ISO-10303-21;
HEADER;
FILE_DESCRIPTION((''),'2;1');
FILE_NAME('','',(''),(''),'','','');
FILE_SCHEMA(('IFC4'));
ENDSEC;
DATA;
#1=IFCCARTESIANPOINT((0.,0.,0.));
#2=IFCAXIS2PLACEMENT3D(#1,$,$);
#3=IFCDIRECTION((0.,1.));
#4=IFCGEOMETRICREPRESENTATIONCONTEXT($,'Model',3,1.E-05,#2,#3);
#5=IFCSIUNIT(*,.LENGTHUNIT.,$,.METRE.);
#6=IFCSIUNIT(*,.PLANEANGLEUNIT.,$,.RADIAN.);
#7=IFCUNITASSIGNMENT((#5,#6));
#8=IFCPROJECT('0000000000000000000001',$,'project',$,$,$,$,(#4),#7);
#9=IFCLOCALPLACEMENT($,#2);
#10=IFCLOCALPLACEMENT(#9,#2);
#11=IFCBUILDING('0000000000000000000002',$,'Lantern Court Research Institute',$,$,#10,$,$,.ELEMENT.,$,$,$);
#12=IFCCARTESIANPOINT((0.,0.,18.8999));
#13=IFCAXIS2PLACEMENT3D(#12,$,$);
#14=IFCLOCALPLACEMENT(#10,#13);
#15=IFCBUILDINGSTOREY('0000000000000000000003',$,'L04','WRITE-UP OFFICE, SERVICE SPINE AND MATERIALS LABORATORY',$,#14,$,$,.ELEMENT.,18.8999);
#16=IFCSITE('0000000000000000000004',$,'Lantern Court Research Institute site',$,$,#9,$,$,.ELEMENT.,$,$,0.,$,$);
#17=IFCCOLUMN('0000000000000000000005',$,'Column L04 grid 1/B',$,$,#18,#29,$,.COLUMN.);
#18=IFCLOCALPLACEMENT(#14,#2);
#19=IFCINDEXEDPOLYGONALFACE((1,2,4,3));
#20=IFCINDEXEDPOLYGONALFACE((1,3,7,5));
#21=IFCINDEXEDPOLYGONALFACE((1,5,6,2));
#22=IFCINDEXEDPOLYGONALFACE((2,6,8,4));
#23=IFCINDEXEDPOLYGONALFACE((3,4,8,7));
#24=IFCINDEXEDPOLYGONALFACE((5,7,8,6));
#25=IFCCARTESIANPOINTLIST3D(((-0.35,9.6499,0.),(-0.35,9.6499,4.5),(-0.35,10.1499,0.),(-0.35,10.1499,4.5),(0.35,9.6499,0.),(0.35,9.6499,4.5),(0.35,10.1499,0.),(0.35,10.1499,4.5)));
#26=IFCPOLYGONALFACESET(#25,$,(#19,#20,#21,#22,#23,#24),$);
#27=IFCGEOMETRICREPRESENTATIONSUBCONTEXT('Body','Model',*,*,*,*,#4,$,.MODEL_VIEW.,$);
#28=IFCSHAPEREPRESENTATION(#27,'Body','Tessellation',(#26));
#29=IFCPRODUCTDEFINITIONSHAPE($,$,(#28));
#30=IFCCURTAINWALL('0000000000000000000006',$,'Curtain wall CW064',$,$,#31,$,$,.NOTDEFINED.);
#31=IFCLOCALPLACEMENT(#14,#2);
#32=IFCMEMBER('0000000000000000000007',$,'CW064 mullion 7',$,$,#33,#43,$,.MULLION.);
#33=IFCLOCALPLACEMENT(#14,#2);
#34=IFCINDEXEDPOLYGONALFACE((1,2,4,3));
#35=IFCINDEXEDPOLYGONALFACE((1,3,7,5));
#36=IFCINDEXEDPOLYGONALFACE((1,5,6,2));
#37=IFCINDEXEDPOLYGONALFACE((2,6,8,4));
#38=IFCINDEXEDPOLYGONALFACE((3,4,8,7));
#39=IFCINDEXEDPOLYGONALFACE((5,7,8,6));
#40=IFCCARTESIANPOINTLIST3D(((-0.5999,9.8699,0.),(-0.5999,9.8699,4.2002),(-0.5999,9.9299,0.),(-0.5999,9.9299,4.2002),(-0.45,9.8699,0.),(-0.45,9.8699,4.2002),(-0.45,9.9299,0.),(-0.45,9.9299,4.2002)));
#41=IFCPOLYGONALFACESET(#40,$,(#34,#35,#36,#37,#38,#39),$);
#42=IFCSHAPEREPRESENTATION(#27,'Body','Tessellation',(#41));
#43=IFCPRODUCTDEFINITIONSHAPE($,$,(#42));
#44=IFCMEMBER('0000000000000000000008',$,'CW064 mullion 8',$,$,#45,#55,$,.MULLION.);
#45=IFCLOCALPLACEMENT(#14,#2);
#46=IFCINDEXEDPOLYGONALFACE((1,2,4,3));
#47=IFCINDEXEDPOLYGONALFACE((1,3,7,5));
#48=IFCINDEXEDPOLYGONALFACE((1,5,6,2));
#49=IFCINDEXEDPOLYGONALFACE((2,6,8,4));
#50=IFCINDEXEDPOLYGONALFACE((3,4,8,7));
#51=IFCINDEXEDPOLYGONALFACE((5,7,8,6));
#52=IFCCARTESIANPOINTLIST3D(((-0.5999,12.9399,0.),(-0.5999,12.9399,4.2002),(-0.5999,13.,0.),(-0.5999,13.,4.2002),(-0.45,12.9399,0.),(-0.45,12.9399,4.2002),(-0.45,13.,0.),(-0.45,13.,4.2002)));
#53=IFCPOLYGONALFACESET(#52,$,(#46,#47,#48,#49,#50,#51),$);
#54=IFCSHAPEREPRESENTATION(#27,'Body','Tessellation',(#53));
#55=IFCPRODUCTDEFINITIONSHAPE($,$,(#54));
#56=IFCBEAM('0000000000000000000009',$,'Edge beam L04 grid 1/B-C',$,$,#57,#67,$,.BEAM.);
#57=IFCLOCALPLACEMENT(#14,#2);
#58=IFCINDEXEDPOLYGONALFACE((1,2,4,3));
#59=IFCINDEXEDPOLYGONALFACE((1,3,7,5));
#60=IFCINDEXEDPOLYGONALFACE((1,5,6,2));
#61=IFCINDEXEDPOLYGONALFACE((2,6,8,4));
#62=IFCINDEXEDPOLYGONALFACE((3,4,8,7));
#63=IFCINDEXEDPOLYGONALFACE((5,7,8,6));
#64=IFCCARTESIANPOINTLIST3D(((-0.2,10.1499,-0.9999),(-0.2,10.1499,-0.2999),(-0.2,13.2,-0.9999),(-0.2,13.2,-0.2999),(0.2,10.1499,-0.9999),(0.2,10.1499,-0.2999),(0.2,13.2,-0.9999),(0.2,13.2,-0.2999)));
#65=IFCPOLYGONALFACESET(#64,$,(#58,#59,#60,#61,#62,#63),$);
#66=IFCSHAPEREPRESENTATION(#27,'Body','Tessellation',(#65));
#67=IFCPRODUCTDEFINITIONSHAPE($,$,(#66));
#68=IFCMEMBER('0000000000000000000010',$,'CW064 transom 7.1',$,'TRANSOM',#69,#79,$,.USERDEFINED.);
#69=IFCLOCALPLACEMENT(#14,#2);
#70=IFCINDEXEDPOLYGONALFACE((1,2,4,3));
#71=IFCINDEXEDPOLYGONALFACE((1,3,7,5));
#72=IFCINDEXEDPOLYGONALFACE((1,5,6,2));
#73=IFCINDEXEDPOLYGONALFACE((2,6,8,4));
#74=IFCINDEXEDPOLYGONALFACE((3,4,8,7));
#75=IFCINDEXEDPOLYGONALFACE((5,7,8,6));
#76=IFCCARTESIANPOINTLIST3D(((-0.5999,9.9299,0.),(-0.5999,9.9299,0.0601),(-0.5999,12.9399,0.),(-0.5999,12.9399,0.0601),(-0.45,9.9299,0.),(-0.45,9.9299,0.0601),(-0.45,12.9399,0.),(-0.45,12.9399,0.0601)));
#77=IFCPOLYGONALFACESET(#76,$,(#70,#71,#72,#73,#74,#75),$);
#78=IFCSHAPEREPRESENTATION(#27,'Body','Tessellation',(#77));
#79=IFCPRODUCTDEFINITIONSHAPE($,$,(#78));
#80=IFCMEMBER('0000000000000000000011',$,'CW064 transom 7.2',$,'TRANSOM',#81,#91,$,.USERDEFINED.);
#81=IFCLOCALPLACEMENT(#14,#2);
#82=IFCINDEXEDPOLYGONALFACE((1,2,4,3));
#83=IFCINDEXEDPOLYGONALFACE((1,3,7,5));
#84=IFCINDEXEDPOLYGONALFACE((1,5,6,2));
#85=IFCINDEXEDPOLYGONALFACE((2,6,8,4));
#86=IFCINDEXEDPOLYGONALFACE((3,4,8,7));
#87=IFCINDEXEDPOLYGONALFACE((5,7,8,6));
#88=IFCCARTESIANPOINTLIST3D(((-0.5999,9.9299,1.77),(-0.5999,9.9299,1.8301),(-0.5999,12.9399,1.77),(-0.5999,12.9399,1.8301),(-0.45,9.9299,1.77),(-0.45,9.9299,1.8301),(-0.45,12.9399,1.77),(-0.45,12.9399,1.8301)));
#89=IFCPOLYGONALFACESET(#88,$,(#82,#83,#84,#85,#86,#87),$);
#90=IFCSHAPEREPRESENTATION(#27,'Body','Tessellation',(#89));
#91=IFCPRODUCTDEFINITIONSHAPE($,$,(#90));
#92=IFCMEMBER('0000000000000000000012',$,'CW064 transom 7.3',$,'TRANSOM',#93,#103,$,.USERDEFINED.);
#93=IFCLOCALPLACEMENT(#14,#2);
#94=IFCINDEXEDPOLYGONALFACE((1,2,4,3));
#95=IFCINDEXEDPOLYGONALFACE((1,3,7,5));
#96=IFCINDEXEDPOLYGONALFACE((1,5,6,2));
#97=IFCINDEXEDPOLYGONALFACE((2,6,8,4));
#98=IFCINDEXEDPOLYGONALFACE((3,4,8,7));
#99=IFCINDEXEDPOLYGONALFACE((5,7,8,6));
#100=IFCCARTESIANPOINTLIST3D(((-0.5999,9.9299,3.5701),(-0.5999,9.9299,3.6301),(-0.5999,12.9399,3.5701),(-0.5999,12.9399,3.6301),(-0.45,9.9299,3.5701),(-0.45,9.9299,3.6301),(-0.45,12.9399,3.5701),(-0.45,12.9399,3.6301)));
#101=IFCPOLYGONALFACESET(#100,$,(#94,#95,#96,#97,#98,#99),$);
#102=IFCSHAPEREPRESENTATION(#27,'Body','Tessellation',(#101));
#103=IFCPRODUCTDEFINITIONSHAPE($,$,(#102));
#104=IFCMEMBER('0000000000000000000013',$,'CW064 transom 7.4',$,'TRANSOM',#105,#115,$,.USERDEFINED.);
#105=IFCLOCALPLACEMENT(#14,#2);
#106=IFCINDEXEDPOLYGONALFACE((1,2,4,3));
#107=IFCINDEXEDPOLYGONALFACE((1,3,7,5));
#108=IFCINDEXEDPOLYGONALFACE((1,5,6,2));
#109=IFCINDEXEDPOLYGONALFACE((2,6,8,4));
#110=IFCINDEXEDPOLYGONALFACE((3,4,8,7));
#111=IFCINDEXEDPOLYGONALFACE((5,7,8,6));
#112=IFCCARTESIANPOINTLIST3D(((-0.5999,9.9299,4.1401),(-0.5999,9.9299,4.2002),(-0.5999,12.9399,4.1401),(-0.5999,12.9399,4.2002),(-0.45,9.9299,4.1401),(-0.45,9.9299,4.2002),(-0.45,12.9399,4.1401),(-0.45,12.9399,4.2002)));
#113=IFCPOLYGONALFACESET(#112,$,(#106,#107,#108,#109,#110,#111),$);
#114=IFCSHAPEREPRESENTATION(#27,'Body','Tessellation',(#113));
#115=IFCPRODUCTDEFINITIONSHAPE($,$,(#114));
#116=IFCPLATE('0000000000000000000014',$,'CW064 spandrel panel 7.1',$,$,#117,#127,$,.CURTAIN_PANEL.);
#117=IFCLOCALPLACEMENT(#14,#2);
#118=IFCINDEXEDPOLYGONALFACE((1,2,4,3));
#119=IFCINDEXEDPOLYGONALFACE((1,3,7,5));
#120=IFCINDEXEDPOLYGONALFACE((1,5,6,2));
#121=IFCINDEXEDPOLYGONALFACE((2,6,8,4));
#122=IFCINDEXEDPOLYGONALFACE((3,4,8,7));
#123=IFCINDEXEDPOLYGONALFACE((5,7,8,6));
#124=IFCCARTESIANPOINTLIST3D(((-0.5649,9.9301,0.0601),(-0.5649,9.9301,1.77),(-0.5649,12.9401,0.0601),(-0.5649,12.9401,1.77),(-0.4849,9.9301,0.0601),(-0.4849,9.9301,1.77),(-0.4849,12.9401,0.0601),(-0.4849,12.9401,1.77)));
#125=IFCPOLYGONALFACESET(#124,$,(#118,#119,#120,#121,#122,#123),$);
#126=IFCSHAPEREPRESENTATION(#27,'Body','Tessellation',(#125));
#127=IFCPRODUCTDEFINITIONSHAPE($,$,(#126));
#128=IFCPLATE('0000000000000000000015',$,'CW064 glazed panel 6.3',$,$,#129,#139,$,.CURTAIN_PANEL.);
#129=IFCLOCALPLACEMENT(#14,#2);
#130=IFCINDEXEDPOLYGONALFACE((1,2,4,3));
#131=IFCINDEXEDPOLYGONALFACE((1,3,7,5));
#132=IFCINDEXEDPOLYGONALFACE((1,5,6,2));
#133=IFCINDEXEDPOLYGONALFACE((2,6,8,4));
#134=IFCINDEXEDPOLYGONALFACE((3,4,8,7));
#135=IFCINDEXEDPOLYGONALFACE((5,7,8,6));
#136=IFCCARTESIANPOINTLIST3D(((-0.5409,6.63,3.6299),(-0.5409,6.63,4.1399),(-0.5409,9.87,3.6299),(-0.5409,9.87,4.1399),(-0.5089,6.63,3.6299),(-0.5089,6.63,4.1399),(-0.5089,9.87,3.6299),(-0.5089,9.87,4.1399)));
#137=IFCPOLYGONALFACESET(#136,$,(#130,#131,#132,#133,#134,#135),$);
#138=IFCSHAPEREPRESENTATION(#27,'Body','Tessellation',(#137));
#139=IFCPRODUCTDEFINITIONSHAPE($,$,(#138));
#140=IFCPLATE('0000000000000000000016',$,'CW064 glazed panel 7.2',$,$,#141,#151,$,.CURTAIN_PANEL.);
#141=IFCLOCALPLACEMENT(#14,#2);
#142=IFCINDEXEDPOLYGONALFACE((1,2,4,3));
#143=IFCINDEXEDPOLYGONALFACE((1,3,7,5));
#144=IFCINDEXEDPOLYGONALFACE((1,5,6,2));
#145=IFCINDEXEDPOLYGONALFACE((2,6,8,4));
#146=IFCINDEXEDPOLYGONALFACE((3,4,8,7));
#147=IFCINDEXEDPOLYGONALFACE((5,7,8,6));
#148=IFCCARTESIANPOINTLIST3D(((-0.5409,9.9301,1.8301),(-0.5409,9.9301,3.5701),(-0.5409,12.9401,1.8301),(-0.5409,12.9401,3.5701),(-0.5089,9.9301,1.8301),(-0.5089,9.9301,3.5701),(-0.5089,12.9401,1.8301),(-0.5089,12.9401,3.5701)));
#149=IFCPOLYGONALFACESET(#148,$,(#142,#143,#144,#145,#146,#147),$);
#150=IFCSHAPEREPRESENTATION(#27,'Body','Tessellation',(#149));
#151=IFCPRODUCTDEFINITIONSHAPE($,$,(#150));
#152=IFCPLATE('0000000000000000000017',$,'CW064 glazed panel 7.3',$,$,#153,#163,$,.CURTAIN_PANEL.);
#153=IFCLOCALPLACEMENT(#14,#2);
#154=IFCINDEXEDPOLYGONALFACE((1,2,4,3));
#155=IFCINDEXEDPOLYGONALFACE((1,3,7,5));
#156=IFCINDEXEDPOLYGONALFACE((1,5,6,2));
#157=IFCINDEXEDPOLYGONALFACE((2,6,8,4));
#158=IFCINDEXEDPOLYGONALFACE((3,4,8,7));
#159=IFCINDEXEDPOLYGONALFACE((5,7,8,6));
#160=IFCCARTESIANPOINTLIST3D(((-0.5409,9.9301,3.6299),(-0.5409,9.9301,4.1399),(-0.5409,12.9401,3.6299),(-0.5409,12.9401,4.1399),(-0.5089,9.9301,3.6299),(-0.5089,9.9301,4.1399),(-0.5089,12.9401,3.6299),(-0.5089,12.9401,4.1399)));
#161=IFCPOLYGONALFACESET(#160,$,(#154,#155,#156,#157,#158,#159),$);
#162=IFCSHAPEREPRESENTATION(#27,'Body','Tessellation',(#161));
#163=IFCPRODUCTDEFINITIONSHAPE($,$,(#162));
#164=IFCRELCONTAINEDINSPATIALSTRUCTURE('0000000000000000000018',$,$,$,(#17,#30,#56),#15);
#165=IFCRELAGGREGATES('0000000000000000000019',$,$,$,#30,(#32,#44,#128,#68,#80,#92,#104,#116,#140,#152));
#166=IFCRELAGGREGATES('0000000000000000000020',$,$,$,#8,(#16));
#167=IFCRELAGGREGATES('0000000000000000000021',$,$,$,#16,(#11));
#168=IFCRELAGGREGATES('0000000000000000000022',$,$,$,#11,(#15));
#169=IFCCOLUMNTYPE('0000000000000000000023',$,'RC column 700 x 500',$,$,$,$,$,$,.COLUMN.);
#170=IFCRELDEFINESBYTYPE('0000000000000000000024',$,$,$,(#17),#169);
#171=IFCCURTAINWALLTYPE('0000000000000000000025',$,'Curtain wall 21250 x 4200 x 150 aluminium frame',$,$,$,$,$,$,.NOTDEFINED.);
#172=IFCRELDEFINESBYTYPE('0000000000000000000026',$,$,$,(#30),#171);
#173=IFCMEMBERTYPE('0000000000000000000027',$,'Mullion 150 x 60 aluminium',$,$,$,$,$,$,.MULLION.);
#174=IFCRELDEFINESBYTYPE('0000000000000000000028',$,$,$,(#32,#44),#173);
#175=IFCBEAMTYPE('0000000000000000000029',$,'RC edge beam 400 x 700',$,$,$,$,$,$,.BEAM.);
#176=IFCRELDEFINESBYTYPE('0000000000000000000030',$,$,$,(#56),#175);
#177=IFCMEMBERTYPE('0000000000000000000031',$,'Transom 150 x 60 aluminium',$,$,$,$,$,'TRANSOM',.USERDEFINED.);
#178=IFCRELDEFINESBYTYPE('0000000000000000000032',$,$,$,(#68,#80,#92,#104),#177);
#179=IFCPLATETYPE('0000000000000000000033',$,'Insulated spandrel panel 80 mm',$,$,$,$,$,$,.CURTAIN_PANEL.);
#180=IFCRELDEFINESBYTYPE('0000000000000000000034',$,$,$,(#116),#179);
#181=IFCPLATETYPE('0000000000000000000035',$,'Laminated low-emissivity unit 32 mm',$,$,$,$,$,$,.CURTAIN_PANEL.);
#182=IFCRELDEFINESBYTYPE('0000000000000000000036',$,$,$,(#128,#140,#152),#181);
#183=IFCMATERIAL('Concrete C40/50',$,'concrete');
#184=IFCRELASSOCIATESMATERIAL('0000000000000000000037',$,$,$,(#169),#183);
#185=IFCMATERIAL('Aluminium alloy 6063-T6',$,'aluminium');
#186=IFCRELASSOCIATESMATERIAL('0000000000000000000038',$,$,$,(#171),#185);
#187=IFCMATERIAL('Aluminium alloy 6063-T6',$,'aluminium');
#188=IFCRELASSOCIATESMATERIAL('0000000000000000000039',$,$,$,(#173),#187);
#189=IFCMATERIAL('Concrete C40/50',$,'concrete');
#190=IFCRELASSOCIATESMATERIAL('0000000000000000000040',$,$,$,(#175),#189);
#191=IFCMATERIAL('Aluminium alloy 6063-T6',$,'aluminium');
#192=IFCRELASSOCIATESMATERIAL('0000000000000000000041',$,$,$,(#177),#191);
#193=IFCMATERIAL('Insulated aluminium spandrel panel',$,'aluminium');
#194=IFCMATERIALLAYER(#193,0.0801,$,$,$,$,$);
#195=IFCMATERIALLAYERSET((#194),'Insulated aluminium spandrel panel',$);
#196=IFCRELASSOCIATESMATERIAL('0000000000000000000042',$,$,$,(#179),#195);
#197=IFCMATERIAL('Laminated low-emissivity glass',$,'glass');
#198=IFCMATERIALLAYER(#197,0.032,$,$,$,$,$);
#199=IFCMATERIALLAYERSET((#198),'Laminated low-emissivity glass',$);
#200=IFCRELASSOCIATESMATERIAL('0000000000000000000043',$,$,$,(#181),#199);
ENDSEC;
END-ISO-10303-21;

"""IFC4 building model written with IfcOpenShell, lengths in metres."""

from ifc_helpers import new_model, si_unit, direction, frame, origin, origin_2d, place, context, subcontext, project, spatial, rectangle, extrude, material, layer, layer_set, material_profile, profile_set, type_object, element, aggregate, save


model = new_model("IFC4")

# Units and contexts
model_context = context("Model", 3, precision=1e-05, world=origin(), true_north=direction((0.0, 1.0)))
body_context = subcontext(model_context, "Body", "Model", "MODEL_VIEW")
ifc_project = project(units=[si_unit("LENGTHUNIT", "METRE"), si_unit("PLANEANGLEUNIT", "RADIAN")], contexts=[model_context])

# Site, building, storey
site_placement = place(None, origin())
site = spatial("IfcSite", under=ifc_project, at=site_placement, Name="Lantern Court Research Institute site", CompositionType="ELEMENT", RefElevation=0.0)
building_placement = place(site_placement, origin())
building = spatial("IfcBuilding", under=site, at=building_placement, Name="Lantern Court Research Institute", CompositionType="ELEMENT")
storey_placement = place(building_placement, frame((0.0, 0.0, 18.8999)))
storey = spatial("IfcBuildingStorey", under=building, at=storey_placement, Name="L04", Description="WRITE-UP OFFICE, SERVICE SPINE AND MATERIALS LABORATORY", CompositionType="ELEMENT", Elevation=18.8999)

# Column
ifc_material_1 = material(Name="Concrete C40/50", Category="concrete")
ifc_material_profile_1 = material_profile(ifc_material_1, rectangle(XDim=0.7, YDim=0.5, at=origin_2d()), Name="RC column 700 x 500")
ifc_profile_set_1 = profile_set([ifc_material_profile_1], Name="Concrete C40/50")
column_type = type_object("IfcColumnType", Name="RC column 700 x 500", PredefinedType="COLUMN", material=ifc_profile_set_1)
column_placement = place(storey_placement, frame((0.0, 9.8999, 0.0), z_axis=(0.0, 0.0, 1.0), x_axis=(1.0, 0.0, 0.0)))
element("IfcColumn", 1, at=column_placement, inside=storey, type_object=column_type, Name="Column L04 grid 1/B", PredefinedType="COLUMN", context=body_context, shape_type="SweptSolid", body=[
    extrude(rectangle(XDim=0.7, YDim=0.5, at=origin_2d()), origin(), (0.0, 0.0, 1.0), 4.5),
])

# Curtain wall, members
ifc_material_2 = material(Name="Aluminium alloy 6063-T6", Category="aluminium")
curtain_wall_type = type_object("IfcCurtainWallType", Name="Curtain wall 21250 x 4200 x 150 aluminium frame", PredefinedType="NOTDEFINED", material=ifc_material_2)
curtain_wall_placement = place(storey_placement, origin())
curtain_wall = element("IfcCurtainWall", 2, at=curtain_wall_placement, inside=storey, type_object=curtain_wall_type, Name="Curtain wall CW064", PredefinedType="NOTDEFINED")
ifc_material_3 = material(Name="Aluminium alloy 6063-T6", Category="aluminium")
ifc_material_profile_2 = material_profile(ifc_material_3, rectangle(XDim=0.1499, YDim=0.0601, at=origin_2d()), Name="Mullion 150 x 60")
ifc_profile_set_2 = profile_set([ifc_material_profile_2], Name="Aluminium alloy 6063-T6")
member_type_1 = type_object("IfcMemberType", Name="Mullion 150 x 60 aluminium", PredefinedType="MULLION", material=ifc_profile_set_2)
member_1_placement = place(storey_placement, frame((-0.5249, 9.8999, 0.0), z_axis=(0.0, 0.0, 1.0), x_axis=(-1.0, 0.0, 0.0)))
member_1 = element("IfcMember", 3, at=member_1_placement, type_object=member_type_1, Name="CW064 mullion 7", PredefinedType="MULLION", context=body_context, shape_type="SweptSolid", body=[
    extrude(rectangle(XDim=0.1499, YDim=0.0601, at=origin_2d()), origin(), (0.0, 0.0, 1.0), 4.2002),
])
member_2_placement = place(storey_placement, frame((-0.5249, 12.97, 0.0), z_axis=(0.0, 0.0, 1.0), x_axis=(-1.0, 0.0, 0.0)))
member_2 = element("IfcMember", 4, at=member_2_placement, type_object=member_type_1, Name="CW064 mullion 8", PredefinedType="MULLION", context=body_context, shape_type="SweptSolid", body=[
    extrude(rectangle(XDim=0.1499, YDim=0.0601, at=origin_2d()), origin(), (0.0, 0.0, 1.0), 4.2002),
])

# Beam
ifc_material_4 = material(Name="Concrete C40/50", Category="concrete")
ifc_material_profile_3 = material_profile(ifc_material_4, rectangle(XDim=0.3999, YDim=0.7, at=origin_2d()), Name="RC beam 400 x 700")
ifc_profile_set_3 = profile_set([ifc_material_profile_3], Name="Concrete C40/50")
beam_type = type_object("IfcBeamType", Name="RC edge beam 400 x 700", PredefinedType="BEAM", material=ifc_profile_set_3)
beam_placement = place(storey_placement, frame((0.0, 10.1499, -0.6499), z_axis=(0.0, 1.0, 0.0), x_axis=(-1.0, 0.0, 0.0)))
element("IfcBeam", 5, at=beam_placement, inside=storey, type_object=beam_type, Name="Edge beam L04 grid 1/B-C", PredefinedType="BEAM", context=body_context, shape_type="SweptSolid", body=[
    extrude(rectangle(XDim=0.3999, YDim=0.7, at=origin_2d()), origin(), (0.0, 0.0, 1.0), 3.05),
])

# Members
ifc_material_5 = material(Name="Aluminium alloy 6063-T6", Category="aluminium")
ifc_material_profile_4 = material_profile(ifc_material_5, rectangle(XDim=0.1499, YDim=0.0601, at=origin_2d()), Name="Transom 150 x 60")
ifc_profile_set_4 = profile_set([ifc_material_profile_4], Name="Aluminium alloy 6063-T6")
member_type_2 = type_object("IfcMemberType", Name="Transom 150 x 60 aluminium", ElementType="TRANSOM", PredefinedType="USERDEFINED", material=ifc_profile_set_4)
member_3_placement = place(storey_placement, frame((-0.5249, 9.9299, 0.03), z_axis=(0.0, 1.0, 0.0), x_axis=(-1.0, 0.0, 0.0)))
member_3 = element("IfcMember", 6, at=member_3_placement, type_object=member_type_2, Name="CW064 transom 7.1", ObjectType="TRANSOM", PredefinedType="USERDEFINED", context=body_context, shape_type="SweptSolid", body=[
    extrude(rectangle(XDim=0.1499, YDim=0.0601, at=origin_2d()), origin(), (0.0, 0.0, 1.0), 3.01),
])
member_4_placement = place(storey_placement, frame((-0.5249, 9.9299, 1.8), z_axis=(0.0, 1.0, 0.0), x_axis=(-1.0, 0.0, 0.0)))
member_4 = element("IfcMember", 7, at=member_4_placement, type_object=member_type_2, Name="CW064 transom 7.2", ObjectType="TRANSOM", PredefinedType="USERDEFINED", context=body_context, shape_type="SweptSolid", body=[
    extrude(rectangle(XDim=0.1499, YDim=0.0601, at=origin_2d()), origin(), (0.0, 0.0, 1.0), 3.01),
])
member_5_placement = place(storey_placement, frame((-0.5249, 9.9299, 3.6001), z_axis=(0.0, 1.0, 0.0), x_axis=(-1.0, 0.0, 0.0)))
member_5 = element("IfcMember", 8, at=member_5_placement, type_object=member_type_2, Name="CW064 transom 7.3", ObjectType="TRANSOM", PredefinedType="USERDEFINED", context=body_context, shape_type="SweptSolid", body=[
    extrude(rectangle(XDim=0.1499, YDim=0.0601, at=origin_2d()), origin(), (0.0, 0.0, 1.0), 3.01),
])
member_6_placement = place(storey_placement, frame((-0.5249, 9.9299, 4.1702), z_axis=(0.0, 1.0, 0.0), x_axis=(-1.0, 0.0, 0.0)))
member_6 = element("IfcMember", 9, at=member_6_placement, type_object=member_type_2, Name="CW064 transom 7.4", ObjectType="TRANSOM", PredefinedType="USERDEFINED", context=body_context, shape_type="SweptSolid", body=[
    extrude(rectangle(XDim=0.1499, YDim=0.0601, at=origin_2d()), origin(), (0.0, 0.0, 1.0), 3.01),
])

# Plates
ifc_material_6 = material(Name="Insulated aluminium spandrel panel", Category="aluminium")
ifc_layer_1 = layer(ifc_material_6, 0.0801)
ifc_layer_set_1 = layer_set([ifc_layer_1], Name="Insulated aluminium spandrel panel")
plate_type_1 = type_object("IfcPlateType", Name="Insulated spandrel panel 80 mm", PredefinedType="CURTAIN_PANEL", material=ifc_layer_set_1)
plate_1_placement = place(storey_placement, frame((-0.5249, 11.4351, 0.0601), z_axis=(0.0, 0.0, 1.0), x_axis=(0.0, 1.0, 0.0)))
plate_1 = element("IfcPlate", 10, at=plate_1_placement, type_object=plate_type_1, Name="CW064 spandrel panel 7.1", PredefinedType="CURTAIN_PANEL", context=body_context, shape_type="SweptSolid", body=[
    extrude(rectangle(XDim=3.01, YDim=0.0801, at=origin_2d()), origin(), (0.0, 0.0, 1.0), 1.71),
])
ifc_material_7 = material(Name="Laminated low-emissivity glass", Category="glass")
ifc_layer_2 = layer(ifc_material_7, 0.032)
ifc_layer_set_2 = layer_set([ifc_layer_2], Name="Laminated low-emissivity glass")
plate_type_2 = type_object("IfcPlateType", Name="Laminated low-emissivity unit 32 mm", PredefinedType="CURTAIN_PANEL", material=ifc_layer_set_2)
plate_2_placement = place(storey_placement, frame((-0.5249, 8.25, 3.6299), z_axis=(0.0, 0.0, 1.0), x_axis=(0.0, 1.0, 0.0)))
plate_2 = element("IfcPlate", 11, at=plate_2_placement, type_object=plate_type_2, Name="CW064 glazed panel 6.3", PredefinedType="CURTAIN_PANEL", context=body_context, shape_type="SweptSolid", body=[
    extrude(rectangle(XDim=3.24, YDim=0.032, at=origin_2d()), origin(), (0.0, 0.0, 1.0), 0.51),
])
plate_3_placement = place(storey_placement, frame((-0.5249, 11.4351, 1.8301), z_axis=(0.0, 0.0, 1.0), x_axis=(0.0, 1.0, 0.0)))
plate_3 = element("IfcPlate", 12, at=plate_3_placement, type_object=plate_type_2, Name="CW064 glazed panel 7.2", PredefinedType="CURTAIN_PANEL", context=body_context, shape_type="SweptSolid", body=[
    extrude(rectangle(XDim=3.01, YDim=0.032, at=origin_2d()), origin(), (0.0, 0.0, 1.0), 1.74),
])
plate_4_placement = place(storey_placement, frame((-0.5249, 11.4351, 3.6299), z_axis=(0.0, 0.0, 1.0), x_axis=(0.0, 1.0, 0.0)))
plate_4 = element("IfcPlate", 13, at=plate_4_placement, type_object=plate_type_2, Name="CW064 glazed panel 7.3", PredefinedType="CURTAIN_PANEL", context=body_context, shape_type="SweptSolid", body=[
    extrude(rectangle(XDim=3.01, YDim=0.032, at=origin_2d()), origin(), (0.0, 0.0, 1.0), 0.51),
])
aggregate(curtain_wall, [member_1, member_2, plate_2, member_3, member_4, member_5, member_6, plate_1, plate_3, plate_4])

save(model, "model.ifc")
